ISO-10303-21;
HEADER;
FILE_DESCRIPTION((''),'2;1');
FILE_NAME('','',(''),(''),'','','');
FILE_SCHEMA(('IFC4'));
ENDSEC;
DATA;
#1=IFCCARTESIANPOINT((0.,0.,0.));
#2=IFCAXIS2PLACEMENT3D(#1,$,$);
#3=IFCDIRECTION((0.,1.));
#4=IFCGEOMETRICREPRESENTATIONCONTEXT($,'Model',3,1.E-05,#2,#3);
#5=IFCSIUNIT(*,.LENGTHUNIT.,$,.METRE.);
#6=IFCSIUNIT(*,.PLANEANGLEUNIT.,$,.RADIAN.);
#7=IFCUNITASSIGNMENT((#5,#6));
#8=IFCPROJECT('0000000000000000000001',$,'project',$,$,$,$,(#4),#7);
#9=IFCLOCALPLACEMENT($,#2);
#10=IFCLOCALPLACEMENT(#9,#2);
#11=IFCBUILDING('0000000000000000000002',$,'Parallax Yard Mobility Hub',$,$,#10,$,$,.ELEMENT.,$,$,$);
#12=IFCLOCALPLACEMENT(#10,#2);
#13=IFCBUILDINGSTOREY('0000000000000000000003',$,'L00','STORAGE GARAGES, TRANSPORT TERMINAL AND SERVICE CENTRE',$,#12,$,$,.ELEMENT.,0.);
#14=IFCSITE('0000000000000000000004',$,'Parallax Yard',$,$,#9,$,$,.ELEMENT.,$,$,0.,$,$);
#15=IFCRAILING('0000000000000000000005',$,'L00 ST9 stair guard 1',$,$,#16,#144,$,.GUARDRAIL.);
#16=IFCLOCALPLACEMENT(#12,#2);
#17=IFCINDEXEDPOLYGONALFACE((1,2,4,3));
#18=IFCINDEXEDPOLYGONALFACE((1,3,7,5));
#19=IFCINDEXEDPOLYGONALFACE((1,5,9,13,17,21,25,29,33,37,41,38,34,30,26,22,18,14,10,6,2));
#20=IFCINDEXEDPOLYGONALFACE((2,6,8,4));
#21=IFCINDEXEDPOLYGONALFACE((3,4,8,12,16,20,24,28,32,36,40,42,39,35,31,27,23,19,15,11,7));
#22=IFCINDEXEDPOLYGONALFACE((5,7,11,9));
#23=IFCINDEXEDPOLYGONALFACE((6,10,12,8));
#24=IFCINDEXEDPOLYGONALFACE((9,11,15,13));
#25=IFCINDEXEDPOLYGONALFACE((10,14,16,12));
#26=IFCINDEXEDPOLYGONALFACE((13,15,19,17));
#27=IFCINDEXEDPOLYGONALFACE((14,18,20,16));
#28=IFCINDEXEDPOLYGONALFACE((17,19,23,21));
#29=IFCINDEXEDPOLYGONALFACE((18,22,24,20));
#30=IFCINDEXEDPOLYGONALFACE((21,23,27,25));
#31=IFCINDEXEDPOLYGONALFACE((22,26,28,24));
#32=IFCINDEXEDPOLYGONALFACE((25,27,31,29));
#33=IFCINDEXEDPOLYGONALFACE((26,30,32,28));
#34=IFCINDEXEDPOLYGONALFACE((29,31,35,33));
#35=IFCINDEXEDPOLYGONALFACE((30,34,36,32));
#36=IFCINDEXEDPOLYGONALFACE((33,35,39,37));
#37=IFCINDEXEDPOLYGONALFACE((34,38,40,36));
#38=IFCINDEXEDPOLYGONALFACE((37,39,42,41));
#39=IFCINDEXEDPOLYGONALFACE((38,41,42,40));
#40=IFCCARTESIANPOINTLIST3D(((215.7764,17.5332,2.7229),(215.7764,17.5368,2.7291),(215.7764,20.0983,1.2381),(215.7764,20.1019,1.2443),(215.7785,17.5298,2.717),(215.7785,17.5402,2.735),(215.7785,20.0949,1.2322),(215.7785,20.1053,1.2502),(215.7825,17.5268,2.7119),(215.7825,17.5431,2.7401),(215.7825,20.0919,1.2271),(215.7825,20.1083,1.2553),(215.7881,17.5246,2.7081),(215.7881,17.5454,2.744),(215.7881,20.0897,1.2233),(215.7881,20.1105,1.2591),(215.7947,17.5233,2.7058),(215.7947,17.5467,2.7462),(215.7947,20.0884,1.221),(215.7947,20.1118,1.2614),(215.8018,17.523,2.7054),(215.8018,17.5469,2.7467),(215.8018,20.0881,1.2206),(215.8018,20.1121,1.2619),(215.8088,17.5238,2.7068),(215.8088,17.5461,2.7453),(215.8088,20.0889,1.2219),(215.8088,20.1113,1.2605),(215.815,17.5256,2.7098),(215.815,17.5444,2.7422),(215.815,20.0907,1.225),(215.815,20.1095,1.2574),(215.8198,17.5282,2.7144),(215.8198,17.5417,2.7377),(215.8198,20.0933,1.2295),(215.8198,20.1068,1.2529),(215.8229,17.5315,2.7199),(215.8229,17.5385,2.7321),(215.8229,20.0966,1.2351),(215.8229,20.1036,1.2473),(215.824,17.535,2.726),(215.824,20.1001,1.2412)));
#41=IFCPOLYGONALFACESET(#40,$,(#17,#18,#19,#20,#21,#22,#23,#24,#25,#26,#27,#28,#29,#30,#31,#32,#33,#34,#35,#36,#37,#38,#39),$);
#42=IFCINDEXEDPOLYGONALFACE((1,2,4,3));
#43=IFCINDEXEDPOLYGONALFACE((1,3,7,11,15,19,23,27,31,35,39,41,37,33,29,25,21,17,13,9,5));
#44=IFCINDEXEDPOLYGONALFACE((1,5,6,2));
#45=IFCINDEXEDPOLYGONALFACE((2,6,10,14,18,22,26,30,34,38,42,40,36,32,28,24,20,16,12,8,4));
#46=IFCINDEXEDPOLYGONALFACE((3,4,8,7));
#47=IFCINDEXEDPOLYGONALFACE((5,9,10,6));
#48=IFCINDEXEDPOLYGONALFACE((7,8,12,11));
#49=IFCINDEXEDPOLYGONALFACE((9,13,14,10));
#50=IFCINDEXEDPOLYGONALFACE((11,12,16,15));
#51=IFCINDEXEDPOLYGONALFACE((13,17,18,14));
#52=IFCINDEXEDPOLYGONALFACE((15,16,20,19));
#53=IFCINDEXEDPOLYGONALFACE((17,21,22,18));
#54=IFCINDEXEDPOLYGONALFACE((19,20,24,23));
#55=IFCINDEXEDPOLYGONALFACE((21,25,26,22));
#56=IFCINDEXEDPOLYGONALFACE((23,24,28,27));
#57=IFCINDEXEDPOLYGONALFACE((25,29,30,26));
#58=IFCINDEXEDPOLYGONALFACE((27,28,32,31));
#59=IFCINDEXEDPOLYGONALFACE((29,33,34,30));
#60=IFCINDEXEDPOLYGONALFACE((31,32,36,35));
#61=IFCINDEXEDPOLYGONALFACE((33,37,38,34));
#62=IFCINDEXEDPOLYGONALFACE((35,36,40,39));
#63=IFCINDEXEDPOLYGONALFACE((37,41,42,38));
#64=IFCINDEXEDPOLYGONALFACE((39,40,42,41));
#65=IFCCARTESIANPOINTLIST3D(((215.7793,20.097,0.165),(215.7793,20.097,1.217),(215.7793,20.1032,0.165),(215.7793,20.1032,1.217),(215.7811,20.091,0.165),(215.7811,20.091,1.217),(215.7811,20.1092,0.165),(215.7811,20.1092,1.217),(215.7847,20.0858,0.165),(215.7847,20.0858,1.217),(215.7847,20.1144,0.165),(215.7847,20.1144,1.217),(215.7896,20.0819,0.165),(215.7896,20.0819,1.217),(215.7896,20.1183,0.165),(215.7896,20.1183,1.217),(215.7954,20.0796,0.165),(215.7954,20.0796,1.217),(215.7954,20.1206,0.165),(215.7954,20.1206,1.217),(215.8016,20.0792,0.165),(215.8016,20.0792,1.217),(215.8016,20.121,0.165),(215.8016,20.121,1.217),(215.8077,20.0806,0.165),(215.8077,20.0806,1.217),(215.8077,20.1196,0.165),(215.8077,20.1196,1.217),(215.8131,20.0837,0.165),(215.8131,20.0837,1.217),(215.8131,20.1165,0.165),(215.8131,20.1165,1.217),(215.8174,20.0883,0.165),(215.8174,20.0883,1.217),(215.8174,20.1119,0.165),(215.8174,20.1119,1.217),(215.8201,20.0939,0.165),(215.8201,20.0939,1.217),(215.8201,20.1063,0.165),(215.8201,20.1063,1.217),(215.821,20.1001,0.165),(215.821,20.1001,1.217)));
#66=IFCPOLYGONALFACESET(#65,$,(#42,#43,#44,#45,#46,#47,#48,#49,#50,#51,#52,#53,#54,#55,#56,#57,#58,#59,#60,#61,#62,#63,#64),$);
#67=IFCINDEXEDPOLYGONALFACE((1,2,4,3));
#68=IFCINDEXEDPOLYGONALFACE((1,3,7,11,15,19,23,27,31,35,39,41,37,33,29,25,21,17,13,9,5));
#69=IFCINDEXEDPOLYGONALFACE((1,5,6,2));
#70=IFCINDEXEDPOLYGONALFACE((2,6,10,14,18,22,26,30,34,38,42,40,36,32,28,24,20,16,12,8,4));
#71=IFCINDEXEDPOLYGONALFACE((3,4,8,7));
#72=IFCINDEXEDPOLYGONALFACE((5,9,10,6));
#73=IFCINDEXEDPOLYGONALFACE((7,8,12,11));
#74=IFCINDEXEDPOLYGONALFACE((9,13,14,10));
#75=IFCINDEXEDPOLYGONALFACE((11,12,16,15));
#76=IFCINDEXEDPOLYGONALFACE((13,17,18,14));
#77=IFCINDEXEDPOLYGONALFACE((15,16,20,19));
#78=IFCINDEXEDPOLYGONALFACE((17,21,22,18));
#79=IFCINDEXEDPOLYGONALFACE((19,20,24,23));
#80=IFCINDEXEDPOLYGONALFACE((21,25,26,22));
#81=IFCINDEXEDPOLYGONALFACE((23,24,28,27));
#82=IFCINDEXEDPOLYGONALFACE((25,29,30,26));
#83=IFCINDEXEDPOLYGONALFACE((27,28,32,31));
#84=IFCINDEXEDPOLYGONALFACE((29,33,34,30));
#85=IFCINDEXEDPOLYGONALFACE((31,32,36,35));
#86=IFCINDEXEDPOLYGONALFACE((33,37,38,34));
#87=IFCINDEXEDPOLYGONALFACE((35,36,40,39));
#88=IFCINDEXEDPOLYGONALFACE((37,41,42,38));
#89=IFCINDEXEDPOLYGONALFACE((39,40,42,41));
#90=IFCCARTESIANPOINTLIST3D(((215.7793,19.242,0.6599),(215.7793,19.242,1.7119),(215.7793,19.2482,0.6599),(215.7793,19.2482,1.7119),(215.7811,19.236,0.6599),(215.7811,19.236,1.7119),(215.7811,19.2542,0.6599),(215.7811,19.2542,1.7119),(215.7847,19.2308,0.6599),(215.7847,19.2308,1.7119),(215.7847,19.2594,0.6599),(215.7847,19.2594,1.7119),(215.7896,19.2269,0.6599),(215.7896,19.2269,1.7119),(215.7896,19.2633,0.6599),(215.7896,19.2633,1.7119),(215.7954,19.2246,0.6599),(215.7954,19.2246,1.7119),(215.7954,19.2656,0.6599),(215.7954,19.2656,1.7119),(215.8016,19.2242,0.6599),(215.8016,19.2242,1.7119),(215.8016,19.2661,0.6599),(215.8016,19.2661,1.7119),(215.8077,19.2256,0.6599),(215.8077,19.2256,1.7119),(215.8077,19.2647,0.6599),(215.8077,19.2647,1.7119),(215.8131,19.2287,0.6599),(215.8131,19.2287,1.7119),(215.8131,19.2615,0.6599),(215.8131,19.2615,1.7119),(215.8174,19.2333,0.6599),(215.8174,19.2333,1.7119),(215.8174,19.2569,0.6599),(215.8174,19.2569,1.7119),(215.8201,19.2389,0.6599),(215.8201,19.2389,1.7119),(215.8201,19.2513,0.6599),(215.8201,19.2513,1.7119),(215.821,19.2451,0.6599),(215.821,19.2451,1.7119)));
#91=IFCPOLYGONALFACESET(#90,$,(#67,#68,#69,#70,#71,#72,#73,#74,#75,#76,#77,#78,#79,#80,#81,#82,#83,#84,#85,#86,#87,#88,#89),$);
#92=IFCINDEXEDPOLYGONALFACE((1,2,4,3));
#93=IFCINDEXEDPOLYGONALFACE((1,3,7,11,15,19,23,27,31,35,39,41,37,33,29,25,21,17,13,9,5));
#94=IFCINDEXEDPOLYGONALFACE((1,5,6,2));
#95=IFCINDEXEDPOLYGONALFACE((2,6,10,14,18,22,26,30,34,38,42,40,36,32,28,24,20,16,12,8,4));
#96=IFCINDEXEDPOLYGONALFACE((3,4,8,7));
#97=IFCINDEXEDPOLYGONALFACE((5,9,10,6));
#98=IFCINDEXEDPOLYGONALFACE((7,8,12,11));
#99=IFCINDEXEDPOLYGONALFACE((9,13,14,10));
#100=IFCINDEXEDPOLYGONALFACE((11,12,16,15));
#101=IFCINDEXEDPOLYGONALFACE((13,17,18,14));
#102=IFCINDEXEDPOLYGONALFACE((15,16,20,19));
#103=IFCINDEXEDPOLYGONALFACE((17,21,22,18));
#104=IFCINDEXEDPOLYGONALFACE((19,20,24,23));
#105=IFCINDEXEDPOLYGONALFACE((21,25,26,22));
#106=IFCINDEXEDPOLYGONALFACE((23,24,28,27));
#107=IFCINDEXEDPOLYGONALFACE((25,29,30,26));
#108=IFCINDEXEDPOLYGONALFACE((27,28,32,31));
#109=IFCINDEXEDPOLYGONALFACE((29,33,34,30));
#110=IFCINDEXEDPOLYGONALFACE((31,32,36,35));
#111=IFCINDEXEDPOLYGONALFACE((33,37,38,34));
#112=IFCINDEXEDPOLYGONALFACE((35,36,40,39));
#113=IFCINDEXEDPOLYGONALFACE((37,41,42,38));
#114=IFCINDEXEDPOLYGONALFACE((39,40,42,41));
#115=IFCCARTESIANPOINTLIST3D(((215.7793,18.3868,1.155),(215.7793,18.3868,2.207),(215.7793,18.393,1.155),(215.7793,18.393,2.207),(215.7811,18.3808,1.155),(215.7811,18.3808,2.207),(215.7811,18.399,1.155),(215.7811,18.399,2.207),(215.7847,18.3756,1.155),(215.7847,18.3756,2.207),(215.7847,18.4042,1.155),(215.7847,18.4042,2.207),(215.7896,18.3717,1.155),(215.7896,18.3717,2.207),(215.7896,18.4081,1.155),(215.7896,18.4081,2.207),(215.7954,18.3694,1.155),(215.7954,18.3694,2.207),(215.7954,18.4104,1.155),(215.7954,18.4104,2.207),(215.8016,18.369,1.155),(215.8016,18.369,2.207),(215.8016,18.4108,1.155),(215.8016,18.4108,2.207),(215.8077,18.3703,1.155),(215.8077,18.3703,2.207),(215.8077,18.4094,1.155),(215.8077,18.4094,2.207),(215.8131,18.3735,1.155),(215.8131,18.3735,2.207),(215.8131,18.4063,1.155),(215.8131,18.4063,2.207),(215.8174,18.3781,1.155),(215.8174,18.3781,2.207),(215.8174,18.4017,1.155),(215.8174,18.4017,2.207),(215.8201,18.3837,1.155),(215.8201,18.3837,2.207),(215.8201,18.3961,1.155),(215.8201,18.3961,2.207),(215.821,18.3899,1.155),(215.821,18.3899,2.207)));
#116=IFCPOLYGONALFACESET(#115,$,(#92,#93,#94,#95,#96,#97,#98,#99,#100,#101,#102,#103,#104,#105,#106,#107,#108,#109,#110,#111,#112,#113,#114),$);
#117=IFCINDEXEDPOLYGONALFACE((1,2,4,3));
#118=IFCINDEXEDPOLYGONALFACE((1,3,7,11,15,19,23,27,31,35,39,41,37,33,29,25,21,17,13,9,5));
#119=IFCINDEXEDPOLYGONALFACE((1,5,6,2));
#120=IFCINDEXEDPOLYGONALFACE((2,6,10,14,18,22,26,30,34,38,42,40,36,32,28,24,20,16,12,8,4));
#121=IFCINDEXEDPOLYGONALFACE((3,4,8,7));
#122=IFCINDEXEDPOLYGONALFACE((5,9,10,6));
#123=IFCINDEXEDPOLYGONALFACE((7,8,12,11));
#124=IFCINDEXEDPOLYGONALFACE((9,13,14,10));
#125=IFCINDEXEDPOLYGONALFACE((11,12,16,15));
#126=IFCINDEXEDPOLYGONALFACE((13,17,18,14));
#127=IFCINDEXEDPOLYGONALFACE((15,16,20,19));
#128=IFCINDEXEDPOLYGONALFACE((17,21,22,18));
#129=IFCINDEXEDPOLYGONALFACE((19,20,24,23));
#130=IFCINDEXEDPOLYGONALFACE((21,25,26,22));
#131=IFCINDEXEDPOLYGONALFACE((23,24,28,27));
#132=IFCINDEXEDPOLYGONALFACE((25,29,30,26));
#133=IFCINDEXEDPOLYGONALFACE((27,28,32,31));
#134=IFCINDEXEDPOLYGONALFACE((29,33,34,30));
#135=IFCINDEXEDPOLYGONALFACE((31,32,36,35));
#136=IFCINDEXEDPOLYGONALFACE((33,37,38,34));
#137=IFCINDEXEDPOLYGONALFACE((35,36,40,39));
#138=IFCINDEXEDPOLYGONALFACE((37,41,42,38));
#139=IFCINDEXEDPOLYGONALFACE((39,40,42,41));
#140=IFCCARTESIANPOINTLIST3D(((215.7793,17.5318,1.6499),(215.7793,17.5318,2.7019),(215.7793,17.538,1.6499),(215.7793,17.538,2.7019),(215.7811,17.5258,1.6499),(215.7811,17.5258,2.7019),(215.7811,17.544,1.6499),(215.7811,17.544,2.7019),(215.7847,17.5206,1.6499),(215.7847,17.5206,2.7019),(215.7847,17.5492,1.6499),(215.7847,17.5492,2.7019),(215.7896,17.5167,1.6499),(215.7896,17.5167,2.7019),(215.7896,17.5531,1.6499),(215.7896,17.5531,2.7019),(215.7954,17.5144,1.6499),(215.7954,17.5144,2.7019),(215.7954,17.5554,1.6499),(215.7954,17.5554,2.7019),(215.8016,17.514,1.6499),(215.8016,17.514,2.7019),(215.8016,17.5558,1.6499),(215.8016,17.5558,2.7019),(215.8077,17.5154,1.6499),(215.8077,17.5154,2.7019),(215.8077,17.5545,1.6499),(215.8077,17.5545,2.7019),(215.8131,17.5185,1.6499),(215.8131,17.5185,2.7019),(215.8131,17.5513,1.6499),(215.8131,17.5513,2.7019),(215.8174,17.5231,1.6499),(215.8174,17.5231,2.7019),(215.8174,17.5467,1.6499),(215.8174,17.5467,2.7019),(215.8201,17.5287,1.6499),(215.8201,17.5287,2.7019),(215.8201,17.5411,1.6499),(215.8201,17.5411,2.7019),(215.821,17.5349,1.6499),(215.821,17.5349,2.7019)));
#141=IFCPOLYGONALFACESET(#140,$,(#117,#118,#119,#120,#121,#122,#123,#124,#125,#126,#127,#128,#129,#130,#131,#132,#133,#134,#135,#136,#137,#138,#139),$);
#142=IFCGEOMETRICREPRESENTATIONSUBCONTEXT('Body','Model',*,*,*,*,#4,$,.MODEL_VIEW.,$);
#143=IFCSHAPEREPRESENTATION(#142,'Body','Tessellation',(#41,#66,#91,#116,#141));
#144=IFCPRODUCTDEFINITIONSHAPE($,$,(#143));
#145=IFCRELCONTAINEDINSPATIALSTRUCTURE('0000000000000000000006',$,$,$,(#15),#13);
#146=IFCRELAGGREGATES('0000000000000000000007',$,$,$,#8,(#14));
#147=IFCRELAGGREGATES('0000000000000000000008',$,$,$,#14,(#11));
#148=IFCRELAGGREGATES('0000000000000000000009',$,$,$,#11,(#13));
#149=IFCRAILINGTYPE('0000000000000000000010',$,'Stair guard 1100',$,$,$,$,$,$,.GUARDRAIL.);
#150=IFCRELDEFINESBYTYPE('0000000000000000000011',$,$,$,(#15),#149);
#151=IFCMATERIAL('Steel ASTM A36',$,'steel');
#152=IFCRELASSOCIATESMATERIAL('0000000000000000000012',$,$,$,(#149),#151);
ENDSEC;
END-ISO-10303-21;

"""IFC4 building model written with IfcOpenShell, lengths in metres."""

from ifc_helpers import new_model, si_unit, direction, frame, origin, origin_2d, place, context, subcontext, project, spatial, circle, extrude, material, type_object, element, save


model = new_model("IFC4")

# Units and contexts
model_context = context("Model", 3, precision=1e-05, world=origin(), true_north=direction((0.0, 1.0)))
body_context = subcontext(model_context, "Body", "Model", "MODEL_VIEW")
ifc_project = project(units=[si_unit("LENGTHUNIT", "METRE"), si_unit("PLANEANGLEUNIT", "RADIAN")], contexts=[model_context])

# Site, building, storey
site_placement = place(None, origin())
site = spatial("IfcSite", under=ifc_project, at=site_placement, Name="Parallax Yard", CompositionType="ELEMENT", RefElevation=0.0)
building_placement = place(site_placement, origin())
building = spatial("IfcBuilding", under=site, at=building_placement, Name="Parallax Yard Mobility Hub", CompositionType="ELEMENT")
storey_placement = place(building_placement, origin())
storey = spatial("IfcBuildingStorey", under=building, at=storey_placement, Name="L00", Description="STORAGE GARAGES, TRANSPORT TERMINAL AND SERVICE CENTRE", CompositionType="ELEMENT", Elevation=0.0)

# Railing
ifc_material_1 = material(Name="Steel ASTM A36", Category="steel")
railing_type_1 = type_object("IfcRailingType", Name="Stair guard 1100", PredefinedType="GUARDRAIL", material=ifc_material_1)
railing_1_placement = place(storey_placement, frame((215.8, 20.1001, 0.165)))
element("IfcRailing", 1, at=railing_1_placement, inside=storey, type_object=railing_type_1, Name="L00 ST9 stair guard 1", PredefinedType="GUARDRAIL", context=body_context, shape_type="SweptSolid", body=[
    extrude(circle(Radius=0.0239, at=origin_2d()), frame((0.0, 0.0, 1.0762), z_axis=(0.0, -0.865462, 0.500975), x_axis=(1.0, 0.0, 0.0)), (0.0, 0.0, 1.0), 2.9639),
    extrude(circle(Radius=0.021, at=origin_2d()), origin(), (0.0, 0.0, 1.0), 1.052),
    extrude(circle(Radius=0.021, at=origin_2d()), frame((0.0, -0.855, 0.4949)), (0.0, 0.0, 1.0), 1.052),
    extrude(circle(Radius=0.021, at=origin_2d()), frame((0.0, -1.7102, 0.99)), (0.0, 0.0, 1.0), 1.052),
    extrude(circle(Radius=0.021, at=origin_2d()), frame((0.0, -2.5652, 1.4849)), (0.0, 0.0, 1.0), 1.052),
])

save(model, "model.ifc")
